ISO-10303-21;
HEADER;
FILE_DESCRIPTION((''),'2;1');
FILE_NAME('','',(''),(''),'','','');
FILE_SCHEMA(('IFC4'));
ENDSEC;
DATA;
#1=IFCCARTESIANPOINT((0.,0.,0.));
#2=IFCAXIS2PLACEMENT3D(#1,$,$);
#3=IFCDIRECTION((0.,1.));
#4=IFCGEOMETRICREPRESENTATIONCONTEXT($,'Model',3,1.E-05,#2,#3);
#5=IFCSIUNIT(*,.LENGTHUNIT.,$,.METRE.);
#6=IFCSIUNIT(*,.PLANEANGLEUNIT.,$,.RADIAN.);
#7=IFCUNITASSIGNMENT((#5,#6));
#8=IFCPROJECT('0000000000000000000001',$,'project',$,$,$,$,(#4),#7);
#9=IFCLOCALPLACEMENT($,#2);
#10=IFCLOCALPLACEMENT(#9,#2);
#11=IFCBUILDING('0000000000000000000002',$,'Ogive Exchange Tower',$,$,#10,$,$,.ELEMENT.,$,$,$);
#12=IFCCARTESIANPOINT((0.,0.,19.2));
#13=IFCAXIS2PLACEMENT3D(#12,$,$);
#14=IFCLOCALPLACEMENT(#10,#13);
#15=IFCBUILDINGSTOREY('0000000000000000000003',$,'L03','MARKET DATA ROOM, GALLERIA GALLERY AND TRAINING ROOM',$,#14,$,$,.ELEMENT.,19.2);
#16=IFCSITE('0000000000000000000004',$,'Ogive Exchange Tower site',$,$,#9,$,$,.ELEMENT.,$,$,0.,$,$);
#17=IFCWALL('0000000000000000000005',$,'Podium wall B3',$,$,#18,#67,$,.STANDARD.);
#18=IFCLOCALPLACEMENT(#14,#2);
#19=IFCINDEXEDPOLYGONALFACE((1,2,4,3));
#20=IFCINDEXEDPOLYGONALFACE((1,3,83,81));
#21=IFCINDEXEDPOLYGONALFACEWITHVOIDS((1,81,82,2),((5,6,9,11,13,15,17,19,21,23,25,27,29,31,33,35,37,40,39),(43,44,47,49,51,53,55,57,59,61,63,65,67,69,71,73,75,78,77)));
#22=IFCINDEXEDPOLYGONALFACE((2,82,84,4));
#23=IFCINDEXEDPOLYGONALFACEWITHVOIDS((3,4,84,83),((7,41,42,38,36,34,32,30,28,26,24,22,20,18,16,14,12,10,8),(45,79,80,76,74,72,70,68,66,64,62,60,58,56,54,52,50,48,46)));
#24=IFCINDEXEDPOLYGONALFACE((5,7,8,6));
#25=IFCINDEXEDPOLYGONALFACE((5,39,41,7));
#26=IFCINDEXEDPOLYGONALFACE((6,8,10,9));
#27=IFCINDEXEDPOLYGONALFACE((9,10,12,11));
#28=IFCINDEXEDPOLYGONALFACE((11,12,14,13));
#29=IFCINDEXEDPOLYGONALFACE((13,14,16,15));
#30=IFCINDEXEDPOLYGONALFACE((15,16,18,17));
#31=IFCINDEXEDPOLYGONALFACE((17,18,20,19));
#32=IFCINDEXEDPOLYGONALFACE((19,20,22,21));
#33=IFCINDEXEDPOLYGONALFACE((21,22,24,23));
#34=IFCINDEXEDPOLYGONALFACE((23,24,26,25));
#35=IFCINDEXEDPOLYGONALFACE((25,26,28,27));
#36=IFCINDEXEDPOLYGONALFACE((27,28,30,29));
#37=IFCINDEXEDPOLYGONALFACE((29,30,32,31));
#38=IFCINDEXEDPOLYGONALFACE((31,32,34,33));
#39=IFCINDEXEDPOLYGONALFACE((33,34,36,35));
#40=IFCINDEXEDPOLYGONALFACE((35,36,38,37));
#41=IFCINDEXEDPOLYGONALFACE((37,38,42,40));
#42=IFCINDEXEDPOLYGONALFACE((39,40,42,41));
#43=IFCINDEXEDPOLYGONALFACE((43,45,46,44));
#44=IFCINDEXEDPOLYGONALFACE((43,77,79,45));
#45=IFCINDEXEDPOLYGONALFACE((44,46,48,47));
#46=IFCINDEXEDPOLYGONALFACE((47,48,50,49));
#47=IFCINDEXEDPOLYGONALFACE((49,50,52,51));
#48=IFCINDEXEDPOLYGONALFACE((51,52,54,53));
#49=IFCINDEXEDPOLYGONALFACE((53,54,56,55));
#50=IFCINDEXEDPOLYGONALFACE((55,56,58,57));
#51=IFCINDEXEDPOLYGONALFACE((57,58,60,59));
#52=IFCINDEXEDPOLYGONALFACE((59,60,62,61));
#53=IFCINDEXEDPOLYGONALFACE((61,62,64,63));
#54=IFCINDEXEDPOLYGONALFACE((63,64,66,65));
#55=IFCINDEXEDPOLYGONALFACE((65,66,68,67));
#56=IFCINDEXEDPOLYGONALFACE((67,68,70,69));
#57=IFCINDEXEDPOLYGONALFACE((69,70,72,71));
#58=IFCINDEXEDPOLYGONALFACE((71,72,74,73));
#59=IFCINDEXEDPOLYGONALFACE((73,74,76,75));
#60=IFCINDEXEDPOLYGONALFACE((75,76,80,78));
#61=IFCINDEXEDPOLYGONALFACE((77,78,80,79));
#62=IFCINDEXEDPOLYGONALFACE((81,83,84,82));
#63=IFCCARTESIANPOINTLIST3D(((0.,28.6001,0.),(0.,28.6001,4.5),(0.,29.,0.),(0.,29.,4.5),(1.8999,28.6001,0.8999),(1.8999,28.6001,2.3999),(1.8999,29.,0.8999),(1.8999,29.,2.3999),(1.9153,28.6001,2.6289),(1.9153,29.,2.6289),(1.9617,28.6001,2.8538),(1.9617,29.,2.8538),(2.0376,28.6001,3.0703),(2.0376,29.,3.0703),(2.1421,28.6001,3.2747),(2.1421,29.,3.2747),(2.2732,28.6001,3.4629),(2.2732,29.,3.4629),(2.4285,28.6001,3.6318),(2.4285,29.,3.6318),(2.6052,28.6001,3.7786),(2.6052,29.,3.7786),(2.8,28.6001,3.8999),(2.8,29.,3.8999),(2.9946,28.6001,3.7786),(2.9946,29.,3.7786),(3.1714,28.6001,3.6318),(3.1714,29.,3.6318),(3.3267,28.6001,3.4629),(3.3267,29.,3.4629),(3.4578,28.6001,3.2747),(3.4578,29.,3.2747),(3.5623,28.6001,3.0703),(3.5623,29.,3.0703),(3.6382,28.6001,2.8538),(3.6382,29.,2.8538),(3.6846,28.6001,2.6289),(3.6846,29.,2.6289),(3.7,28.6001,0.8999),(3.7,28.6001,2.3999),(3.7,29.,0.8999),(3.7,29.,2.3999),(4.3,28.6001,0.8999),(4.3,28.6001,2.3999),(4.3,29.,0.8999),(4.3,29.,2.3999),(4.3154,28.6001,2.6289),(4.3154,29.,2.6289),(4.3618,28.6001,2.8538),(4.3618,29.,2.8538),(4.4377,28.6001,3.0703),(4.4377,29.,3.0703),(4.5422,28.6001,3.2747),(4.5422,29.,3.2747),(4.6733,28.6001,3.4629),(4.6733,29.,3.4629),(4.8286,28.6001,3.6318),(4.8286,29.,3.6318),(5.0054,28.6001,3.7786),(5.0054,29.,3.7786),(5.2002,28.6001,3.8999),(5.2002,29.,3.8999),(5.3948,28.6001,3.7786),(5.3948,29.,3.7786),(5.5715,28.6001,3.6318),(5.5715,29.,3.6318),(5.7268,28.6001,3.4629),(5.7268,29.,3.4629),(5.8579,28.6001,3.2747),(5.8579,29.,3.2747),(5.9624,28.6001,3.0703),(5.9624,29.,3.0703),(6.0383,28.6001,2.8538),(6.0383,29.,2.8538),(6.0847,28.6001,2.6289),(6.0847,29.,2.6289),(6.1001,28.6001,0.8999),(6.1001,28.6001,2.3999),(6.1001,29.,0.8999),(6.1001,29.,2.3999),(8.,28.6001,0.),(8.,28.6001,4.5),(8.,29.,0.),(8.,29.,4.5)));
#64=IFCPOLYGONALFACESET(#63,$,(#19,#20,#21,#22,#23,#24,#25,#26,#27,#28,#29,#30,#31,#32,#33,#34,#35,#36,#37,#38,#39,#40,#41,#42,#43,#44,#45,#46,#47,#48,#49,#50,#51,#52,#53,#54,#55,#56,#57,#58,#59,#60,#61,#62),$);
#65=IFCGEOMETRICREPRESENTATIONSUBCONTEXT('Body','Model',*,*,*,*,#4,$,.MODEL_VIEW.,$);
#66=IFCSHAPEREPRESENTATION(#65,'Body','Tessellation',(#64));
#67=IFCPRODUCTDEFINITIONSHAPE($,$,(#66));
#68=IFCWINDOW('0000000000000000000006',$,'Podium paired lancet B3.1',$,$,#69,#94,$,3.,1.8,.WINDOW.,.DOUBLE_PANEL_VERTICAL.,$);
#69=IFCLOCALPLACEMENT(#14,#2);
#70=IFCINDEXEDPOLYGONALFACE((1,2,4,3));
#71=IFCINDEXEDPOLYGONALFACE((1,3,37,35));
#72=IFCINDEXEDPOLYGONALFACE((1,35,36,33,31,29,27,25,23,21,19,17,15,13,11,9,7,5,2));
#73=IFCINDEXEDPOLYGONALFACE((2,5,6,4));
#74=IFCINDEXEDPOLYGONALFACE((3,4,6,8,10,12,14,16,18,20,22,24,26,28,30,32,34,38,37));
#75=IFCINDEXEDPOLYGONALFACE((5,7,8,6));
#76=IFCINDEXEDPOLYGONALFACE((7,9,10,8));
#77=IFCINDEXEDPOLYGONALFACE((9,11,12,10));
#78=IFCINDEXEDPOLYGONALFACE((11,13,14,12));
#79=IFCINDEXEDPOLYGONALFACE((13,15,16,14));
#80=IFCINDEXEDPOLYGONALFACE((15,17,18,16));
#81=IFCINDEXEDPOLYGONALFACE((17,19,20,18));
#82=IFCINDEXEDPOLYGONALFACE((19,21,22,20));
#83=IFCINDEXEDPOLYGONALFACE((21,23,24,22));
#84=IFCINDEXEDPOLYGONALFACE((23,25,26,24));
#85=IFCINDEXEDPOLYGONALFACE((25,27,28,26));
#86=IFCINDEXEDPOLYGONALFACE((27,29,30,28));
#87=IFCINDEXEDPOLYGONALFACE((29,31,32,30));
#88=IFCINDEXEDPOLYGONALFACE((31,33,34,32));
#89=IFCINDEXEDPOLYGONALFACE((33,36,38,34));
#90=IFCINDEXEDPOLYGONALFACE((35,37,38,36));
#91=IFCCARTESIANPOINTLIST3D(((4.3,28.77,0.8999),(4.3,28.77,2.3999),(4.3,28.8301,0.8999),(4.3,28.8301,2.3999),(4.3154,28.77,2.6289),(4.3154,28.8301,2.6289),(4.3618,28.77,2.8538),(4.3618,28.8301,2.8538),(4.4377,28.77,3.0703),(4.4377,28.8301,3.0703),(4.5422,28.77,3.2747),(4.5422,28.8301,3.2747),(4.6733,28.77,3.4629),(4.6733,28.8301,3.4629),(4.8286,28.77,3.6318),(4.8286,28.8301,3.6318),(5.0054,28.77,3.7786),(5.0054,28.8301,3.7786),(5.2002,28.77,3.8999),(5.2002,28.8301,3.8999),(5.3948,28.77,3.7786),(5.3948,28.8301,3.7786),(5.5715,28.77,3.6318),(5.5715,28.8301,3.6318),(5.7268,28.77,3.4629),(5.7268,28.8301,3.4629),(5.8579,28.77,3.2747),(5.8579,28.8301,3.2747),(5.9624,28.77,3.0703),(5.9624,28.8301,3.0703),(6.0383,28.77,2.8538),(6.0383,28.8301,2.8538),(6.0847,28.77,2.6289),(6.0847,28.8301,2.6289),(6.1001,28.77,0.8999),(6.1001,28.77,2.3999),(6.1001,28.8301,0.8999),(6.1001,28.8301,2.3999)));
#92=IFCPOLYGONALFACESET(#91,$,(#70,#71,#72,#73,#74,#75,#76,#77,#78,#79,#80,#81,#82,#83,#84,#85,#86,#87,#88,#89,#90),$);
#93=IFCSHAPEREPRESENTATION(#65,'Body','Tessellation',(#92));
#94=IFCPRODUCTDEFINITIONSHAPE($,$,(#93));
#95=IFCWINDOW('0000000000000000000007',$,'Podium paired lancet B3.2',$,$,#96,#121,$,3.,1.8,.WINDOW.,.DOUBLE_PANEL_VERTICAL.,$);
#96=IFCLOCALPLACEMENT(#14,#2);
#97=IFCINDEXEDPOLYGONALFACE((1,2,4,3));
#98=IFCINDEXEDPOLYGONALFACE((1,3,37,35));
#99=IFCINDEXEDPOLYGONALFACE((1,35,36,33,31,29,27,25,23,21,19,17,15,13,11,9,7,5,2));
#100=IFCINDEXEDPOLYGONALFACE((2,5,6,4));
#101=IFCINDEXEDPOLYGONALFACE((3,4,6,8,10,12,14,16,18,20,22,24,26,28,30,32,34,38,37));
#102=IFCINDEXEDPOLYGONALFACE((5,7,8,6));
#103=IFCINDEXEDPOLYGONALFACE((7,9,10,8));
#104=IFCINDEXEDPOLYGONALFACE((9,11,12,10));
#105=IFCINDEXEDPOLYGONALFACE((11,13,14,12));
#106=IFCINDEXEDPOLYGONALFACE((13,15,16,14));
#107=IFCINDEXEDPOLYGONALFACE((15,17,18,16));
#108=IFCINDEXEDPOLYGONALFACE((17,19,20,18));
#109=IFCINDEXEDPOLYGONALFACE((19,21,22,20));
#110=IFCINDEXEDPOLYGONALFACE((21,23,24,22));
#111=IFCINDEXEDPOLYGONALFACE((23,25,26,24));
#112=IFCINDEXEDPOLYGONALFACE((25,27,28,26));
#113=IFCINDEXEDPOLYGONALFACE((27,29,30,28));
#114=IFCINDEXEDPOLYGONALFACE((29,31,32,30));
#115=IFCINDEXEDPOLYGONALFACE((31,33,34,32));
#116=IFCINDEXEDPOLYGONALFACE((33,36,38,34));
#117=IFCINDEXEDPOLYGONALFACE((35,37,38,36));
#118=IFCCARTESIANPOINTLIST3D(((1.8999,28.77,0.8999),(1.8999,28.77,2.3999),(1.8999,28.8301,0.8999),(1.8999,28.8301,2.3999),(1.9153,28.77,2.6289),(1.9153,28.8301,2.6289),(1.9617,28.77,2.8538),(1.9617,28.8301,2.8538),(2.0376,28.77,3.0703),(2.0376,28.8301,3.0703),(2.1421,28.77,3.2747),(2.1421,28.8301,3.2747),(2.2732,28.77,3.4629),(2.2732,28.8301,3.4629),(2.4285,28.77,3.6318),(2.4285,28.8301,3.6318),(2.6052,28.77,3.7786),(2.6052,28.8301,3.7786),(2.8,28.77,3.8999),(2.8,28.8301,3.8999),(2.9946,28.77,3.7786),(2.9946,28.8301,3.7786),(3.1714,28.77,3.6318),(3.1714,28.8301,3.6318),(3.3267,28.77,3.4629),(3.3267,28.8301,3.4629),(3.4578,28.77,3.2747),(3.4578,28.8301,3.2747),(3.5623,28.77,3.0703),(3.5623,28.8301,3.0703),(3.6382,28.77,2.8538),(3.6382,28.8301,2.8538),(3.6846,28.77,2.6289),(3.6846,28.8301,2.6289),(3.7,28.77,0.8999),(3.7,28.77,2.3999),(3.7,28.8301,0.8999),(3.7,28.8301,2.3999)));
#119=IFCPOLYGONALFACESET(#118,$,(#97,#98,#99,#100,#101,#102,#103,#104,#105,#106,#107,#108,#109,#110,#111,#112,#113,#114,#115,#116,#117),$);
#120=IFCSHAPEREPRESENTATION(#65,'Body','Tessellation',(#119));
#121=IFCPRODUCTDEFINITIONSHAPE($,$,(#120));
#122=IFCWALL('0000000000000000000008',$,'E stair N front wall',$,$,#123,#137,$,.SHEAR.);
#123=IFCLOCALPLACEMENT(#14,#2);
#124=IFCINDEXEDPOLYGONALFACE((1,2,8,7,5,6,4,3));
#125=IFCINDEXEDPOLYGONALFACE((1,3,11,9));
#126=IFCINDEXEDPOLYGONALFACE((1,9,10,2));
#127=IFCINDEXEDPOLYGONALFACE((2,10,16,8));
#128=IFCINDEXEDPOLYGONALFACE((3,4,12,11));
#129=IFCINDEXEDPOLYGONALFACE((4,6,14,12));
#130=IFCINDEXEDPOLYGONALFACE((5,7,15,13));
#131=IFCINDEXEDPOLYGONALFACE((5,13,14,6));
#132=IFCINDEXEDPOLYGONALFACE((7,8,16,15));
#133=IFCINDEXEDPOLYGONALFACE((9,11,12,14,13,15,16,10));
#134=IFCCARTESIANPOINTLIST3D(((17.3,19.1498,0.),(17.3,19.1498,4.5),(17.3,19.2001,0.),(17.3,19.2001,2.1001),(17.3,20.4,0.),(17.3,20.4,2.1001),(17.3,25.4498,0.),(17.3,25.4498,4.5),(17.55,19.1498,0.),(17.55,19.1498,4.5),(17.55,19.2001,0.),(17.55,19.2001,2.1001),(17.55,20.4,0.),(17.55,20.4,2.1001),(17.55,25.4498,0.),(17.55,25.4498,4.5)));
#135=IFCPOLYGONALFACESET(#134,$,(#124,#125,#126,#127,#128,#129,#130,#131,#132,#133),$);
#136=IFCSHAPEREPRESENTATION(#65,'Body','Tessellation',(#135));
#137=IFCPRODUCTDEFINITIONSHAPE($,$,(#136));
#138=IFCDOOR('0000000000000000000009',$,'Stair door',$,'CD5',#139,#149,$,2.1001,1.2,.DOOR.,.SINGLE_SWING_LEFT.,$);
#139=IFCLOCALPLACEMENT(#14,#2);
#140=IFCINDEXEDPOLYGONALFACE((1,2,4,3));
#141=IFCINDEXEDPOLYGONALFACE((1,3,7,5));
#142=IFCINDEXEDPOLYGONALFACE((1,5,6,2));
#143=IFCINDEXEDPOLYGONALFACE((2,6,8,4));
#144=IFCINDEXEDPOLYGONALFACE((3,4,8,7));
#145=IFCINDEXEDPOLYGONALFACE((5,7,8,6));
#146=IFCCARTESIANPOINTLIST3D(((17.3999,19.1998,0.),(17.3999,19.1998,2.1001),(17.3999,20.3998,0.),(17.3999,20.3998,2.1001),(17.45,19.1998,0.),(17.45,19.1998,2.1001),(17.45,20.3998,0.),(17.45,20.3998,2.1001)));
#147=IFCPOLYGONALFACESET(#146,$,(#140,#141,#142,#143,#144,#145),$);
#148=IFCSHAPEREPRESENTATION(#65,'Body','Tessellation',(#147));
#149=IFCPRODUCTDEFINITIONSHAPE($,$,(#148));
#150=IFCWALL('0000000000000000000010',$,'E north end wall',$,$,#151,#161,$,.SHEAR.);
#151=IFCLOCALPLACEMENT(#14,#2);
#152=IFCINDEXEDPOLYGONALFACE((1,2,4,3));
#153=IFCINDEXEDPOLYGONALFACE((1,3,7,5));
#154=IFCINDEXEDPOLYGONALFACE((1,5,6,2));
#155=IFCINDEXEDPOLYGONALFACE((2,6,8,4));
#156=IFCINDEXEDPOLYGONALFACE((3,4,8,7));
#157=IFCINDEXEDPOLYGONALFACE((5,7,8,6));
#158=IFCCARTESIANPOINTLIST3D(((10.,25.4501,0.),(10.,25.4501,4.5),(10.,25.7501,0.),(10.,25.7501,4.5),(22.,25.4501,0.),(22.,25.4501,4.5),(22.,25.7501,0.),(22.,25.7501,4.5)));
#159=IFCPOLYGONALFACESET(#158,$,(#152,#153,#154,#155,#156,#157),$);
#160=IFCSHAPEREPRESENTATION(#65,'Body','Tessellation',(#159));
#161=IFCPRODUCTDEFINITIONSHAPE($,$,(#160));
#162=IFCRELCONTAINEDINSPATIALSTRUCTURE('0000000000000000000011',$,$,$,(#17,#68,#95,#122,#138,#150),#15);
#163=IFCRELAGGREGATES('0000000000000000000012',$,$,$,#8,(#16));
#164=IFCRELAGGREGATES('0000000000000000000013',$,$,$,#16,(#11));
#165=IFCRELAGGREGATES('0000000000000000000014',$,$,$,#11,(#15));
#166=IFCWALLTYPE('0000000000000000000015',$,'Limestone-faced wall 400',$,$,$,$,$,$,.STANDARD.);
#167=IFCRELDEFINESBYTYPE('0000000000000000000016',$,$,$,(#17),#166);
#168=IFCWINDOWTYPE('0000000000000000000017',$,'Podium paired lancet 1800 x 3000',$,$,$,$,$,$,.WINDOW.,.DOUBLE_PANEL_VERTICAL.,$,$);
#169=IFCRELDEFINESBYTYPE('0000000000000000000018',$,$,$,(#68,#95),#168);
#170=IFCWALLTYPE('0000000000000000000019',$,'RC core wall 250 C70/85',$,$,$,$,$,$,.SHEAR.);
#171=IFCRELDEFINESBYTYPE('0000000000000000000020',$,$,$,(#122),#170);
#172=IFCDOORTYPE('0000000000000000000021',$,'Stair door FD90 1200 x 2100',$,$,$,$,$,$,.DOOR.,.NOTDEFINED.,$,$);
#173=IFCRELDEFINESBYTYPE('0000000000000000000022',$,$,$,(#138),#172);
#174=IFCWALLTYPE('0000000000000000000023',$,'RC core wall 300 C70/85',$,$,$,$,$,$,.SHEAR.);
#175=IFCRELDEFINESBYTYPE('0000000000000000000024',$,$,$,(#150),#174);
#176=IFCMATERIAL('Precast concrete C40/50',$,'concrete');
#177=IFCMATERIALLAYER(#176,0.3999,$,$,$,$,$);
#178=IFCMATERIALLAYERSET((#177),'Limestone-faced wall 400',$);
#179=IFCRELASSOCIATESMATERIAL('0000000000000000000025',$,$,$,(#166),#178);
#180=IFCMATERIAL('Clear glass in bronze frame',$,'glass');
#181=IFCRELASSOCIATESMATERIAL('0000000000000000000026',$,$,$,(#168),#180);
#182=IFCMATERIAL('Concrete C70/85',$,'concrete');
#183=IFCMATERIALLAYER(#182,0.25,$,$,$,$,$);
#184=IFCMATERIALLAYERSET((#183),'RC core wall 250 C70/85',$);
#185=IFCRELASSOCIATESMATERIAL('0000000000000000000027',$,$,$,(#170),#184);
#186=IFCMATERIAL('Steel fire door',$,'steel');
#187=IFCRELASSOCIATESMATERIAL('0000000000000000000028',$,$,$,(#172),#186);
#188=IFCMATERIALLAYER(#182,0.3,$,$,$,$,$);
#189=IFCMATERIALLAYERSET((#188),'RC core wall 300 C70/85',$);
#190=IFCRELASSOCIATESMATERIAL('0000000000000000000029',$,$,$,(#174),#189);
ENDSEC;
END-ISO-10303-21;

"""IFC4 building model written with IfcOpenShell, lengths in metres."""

from ifc_helpers import new_model, si_unit, direction, frame, frame_2d, origin, place, context, subcontext, project, spatial, polyline, rectangle, outline, extrude, material, layer, layer_set, type_object, element, fill, save


model = new_model("IFC4")

# Units and contexts
model_context = context("Model", 3, precision=1e-05, world=origin(), true_north=direction((0.0, 1.0)))
body_context = subcontext(model_context, "Body", "Model", "MODEL_VIEW")
ifc_project = project(units=[si_unit("LENGTHUNIT", "METRE"), si_unit("PLANEANGLEUNIT", "RADIAN")], contexts=[model_context])

# Site, building, storey
site_placement = place(None, origin())
site = spatial("IfcSite", under=ifc_project, at=site_placement, Name="Ogive Exchange Tower site", CompositionType="ELEMENT", RefElevation=0.0)
building_placement = place(site_placement, origin())
building = spatial("IfcBuilding", under=site, at=building_placement, Name="Ogive Exchange Tower", CompositionType="ELEMENT")
storey_placement = place(building_placement, frame((0.0, 0.0, 19.2)))
storey = spatial("IfcBuildingStorey", under=building, at=storey_placement, Name="L03", Description="MARKET DATA ROOM, GALLERIA GALLERY AND TRAINING ROOM", CompositionType="ELEMENT", Elevation=19.2)

# Shared definitions
ifc_material_1 = material(Name="Concrete C70/85", Category="concrete")

# Wall, openings, windows
ifc_material_2 = material(Name="Precast concrete C40/50", Category="concrete")
ifc_layer_1 = layer(ifc_material_2, 0.3999)
ifc_layer_set_1 = layer_set([ifc_layer_1], Name="Limestone-faced wall 400")
wall_type_1 = type_object("IfcWallType", Name="Limestone-faced wall 400", PredefinedType="STANDARD", material=ifc_layer_set_1)
ifc_material_3 = material(Name="Clear glass in bronze frame", Category="glass")
window_type = type_object("IfcWindowType", Name="Podium paired lancet 1800 x 3000", PartitioningType="DOUBLE_PANEL_VERTICAL", PredefinedType="WINDOW", material=ifc_material_3)
wall_1_placement = place(storey_placement, frame((8.0, 28.8, 0.0), z_axis=(0.0, 0.0, 1.0), x_axis=(-1.0, 0.0, 0.0)))
wall_1 = element("IfcWall", 1, at=wall_1_placement, inside=storey, type_object=wall_type_1, Name="Podium wall B3", PredefinedType="STANDARD", context=body_context, shape_type="SweptSolid", body=[
    extrude(rectangle(XDim=8.0, YDim=0.3999, at=frame_2d((4.0, 0.0))), origin(), (0.0, 0.0, 1.0), 4.5),
])
opening_1_placement = place(wall_1_placement, frame((1.8999, 0.0, 0.8999)))
opening_1 = element("IfcOpeningElement", 2, at=opening_1_placement, cuts=wall_1, PredefinedType="OPENING", context=body_context, shape_type="SweptSolid", body=[
    extrude(outline(polyline([(0.0, 0.0), (1.8, 0.0), (1.8, 1.5), (1.7847, 1.729), (1.7383, 1.9539), (1.6624, 2.1704), (1.5579, 2.3748), (1.4268, 2.563), (1.2715, 2.7319), (1.0947, 2.8787), (0.8999, 3.0), (0.7053, 2.8787), (0.5286, 2.7319), (0.3733, 2.563), (0.2422, 2.3748), (0.1377, 2.1704), (0.0618, 1.9539), (0.0154, 1.729), (0.0, 1.5), (0.0, 0.0)])), frame((0.0, 0.21, 0.0), z_axis=(0.0, -1.0, 0.0), x_axis=(1.0, 0.0, 0.0)), (0.0, 0.0, 1.0), 0.4199),
])
opening_2_placement = place(wall_1_placement, frame((4.3, 0.0, 0.8999)))
opening_2 = element("IfcOpeningElement", 3, at=opening_2_placement, cuts=wall_1, PredefinedType="OPENING", context=body_context, shape_type="SweptSolid", body=[
    extrude(outline(polyline([(0.0, 0.0), (1.8, 0.0), (1.8, 1.5), (1.7847, 1.729), (1.7383, 1.9539), (1.6624, 2.1704), (1.5579, 2.3748), (1.4268, 2.563), (1.2715, 2.7319), (1.0947, 2.8787), (0.8999, 3.0), (0.7053, 2.8787), (0.5286, 2.7319), (0.3733, 2.563), (0.2422, 2.3748), (0.1377, 2.1704), (0.0618, 1.9539), (0.0154, 1.729), (0.0, 1.5), (0.0, 0.0)])), frame((0.0, 0.21, 0.0), z_axis=(0.0, -1.0, 0.0), x_axis=(1.0, 0.0, 0.0)), (0.0, 0.0, 1.0), 0.4199),
])
window_1_placement = place(opening_1_placement, origin())
window_1 = element("IfcWindow", 4, at=window_1_placement, inside=storey, type_object=window_type, Name="Podium paired lancet B3.1", OverallHeight=3.0, OverallWidth=1.8, PartitioningType="DOUBLE_PANEL_VERTICAL", PredefinedType="WINDOW", context=body_context, shape_type="SweptSolid", body=[
    extrude(outline(polyline([(0.0, 0.0), (1.8, 0.0), (1.8, 1.5), (1.7847, 1.729), (1.7383, 1.9539), (1.6624, 2.1704), (1.5579, 2.3748), (1.4268, 2.563), (1.2715, 2.7319), (1.0947, 2.8787), (0.8999, 3.0), (0.7053, 2.8787), (0.5286, 2.7319), (0.3733, 2.563), (0.2422, 2.3748), (0.1377, 2.1704), (0.0618, 1.9539), (0.0154, 1.729), (0.0, 1.5), (0.0, 0.0)])), frame((0.0, 0.03, 0.0), z_axis=(0.0, -1.0, 0.0), x_axis=(1.0, 0.0, 0.0)), (0.0, 0.0, 1.0), 0.0601),
])
fill(opening_1, window_1)
window_2_placement = place(opening_2_placement, origin())
window_2 = element("IfcWindow", 5, at=window_2_placement, inside=storey, type_object=window_type, Name="Podium paired lancet B3.2", OverallHeight=3.0, OverallWidth=1.8, PartitioningType="DOUBLE_PANEL_VERTICAL", PredefinedType="WINDOW", context=body_context, shape_type="SweptSolid", body=[
    extrude(outline(polyline([(0.0, 0.0), (1.8, 0.0), (1.8, 1.5), (1.7847, 1.729), (1.7383, 1.9539), (1.6624, 2.1704), (1.5579, 2.3748), (1.4268, 2.563), (1.2715, 2.7319), (1.0947, 2.8787), (0.8999, 3.0), (0.7053, 2.8787), (0.5286, 2.7319), (0.3733, 2.563), (0.2422, 2.3748), (0.1377, 2.1704), (0.0618, 1.9539), (0.0154, 1.729), (0.0, 1.5), (0.0, 0.0)])), frame((0.0, 0.03, 0.0), z_axis=(0.0, -1.0, 0.0), x_axis=(1.0, 0.0, 0.0)), (0.0, 0.0, 1.0), 0.0601),
])
fill(opening_2, window_2)

# Wall, opening, door
ifc_layer_2 = layer(ifc_material_1, 0.25)
ifc_layer_set_2 = layer_set([ifc_layer_2], Name="RC core wall 250 C70/85")
wall_type_2 = type_object("IfcWallType", Name="RC core wall 250 C70/85", PredefinedType="SHEAR", material=ifc_layer_set_2)
wall_2_placement = place(storey_placement, frame((17.425, 19.1499, 0.0), z_axis=(0.0, 0.0, 1.0), x_axis=(0.0, 1.0, 0.0)))
wall_2 = element("IfcWall", 6, at=wall_2_placement, inside=storey, type_object=wall_type_2, Name="E stair N front wall", PredefinedType="SHEAR", context=body_context, shape_type="SweptSolid", body=[
    extrude(rectangle(XDim=6.3, YDim=0.25, at=frame_2d((3.1499, 0.0))), origin(), (0.0, 0.0, 1.0), 4.5),
])
opening_3_placement = place(wall_2_placement, frame((0.05, 0.0, 0.0)))
opening_3 = element("IfcOpeningElement", 7, at=opening_3_placement, cuts=wall_2, PredefinedType="OPENING", context=body_context, shape_type="SweptSolid", body=[
    extrude(rectangle(XDim=1.2, YDim=2.1001, at=frame_2d((0.6001, 1.05))), frame((0.0, 0.135, 0.0), z_axis=(0.0, -1.0, 0.0), x_axis=(1.0, 0.0, 0.0)), (0.0, 0.0, 1.0), 0.27),
])
ifc_material_4 = material(Name="Steel fire door", Category="steel")
door_type_1 = type_object("IfcDoorType", Name="Stair door FD90 1200 x 2100", OperationType="NOTDEFINED", PredefinedType="DOOR", material=ifc_material_4)
door_1_placement = place(opening_3_placement, frame((1.2, 0.0, 0.0), z_axis=(0.0, 0.0, 1.0), x_axis=(-1.0, 0.0, 0.0)))
door_1 = element("IfcDoor", 8, at=door_1_placement, inside=storey, type_object=door_type_1, Name="Stair door", ObjectType="CD5", OperationType="SINGLE_SWING_LEFT", OverallHeight=2.1001, OverallWidth=1.2, PredefinedType="DOOR", context=body_context, shape_type="SweptSolid", body=[
    extrude(rectangle(XDim=1.2, YDim=2.1001, at=frame_2d((0.6001, 1.05))), frame((0.0, 0.0249, 0.0), z_axis=(0.0, -1.0, 0.0), x_axis=(1.0, 0.0, 0.0)), (0.0, 0.0, 1.0), 0.05),
])
fill(opening_3, door_1)

# Wall
ifc_layer_3 = layer(ifc_material_1, 0.3)
ifc_layer_set_3 = layer_set([ifc_layer_3], Name="RC core wall 300 C70/85")
wall_type_3 = type_object("IfcWallType", Name="RC core wall 300 C70/85", PredefinedType="SHEAR", material=ifc_layer_set_3)
wall_3_placement = place(storey_placement, frame((10.0, 25.6001, 0.0), z_axis=(0.0, 0.0, 1.0), x_axis=(1.0, 0.0, 0.0)))
element("IfcWall", 9, at=wall_3_placement, inside=storey, type_object=wall_type_3, Name="E north end wall", PredefinedType="SHEAR", context=body_context, shape_type="SweptSolid", body=[
    extrude(rectangle(XDim=12.0, YDim=0.3, at=frame_2d((6.0, 0.0))), origin(), (0.0, 0.0, 1.0), 4.5),
])

save(model, "model.ifc")
